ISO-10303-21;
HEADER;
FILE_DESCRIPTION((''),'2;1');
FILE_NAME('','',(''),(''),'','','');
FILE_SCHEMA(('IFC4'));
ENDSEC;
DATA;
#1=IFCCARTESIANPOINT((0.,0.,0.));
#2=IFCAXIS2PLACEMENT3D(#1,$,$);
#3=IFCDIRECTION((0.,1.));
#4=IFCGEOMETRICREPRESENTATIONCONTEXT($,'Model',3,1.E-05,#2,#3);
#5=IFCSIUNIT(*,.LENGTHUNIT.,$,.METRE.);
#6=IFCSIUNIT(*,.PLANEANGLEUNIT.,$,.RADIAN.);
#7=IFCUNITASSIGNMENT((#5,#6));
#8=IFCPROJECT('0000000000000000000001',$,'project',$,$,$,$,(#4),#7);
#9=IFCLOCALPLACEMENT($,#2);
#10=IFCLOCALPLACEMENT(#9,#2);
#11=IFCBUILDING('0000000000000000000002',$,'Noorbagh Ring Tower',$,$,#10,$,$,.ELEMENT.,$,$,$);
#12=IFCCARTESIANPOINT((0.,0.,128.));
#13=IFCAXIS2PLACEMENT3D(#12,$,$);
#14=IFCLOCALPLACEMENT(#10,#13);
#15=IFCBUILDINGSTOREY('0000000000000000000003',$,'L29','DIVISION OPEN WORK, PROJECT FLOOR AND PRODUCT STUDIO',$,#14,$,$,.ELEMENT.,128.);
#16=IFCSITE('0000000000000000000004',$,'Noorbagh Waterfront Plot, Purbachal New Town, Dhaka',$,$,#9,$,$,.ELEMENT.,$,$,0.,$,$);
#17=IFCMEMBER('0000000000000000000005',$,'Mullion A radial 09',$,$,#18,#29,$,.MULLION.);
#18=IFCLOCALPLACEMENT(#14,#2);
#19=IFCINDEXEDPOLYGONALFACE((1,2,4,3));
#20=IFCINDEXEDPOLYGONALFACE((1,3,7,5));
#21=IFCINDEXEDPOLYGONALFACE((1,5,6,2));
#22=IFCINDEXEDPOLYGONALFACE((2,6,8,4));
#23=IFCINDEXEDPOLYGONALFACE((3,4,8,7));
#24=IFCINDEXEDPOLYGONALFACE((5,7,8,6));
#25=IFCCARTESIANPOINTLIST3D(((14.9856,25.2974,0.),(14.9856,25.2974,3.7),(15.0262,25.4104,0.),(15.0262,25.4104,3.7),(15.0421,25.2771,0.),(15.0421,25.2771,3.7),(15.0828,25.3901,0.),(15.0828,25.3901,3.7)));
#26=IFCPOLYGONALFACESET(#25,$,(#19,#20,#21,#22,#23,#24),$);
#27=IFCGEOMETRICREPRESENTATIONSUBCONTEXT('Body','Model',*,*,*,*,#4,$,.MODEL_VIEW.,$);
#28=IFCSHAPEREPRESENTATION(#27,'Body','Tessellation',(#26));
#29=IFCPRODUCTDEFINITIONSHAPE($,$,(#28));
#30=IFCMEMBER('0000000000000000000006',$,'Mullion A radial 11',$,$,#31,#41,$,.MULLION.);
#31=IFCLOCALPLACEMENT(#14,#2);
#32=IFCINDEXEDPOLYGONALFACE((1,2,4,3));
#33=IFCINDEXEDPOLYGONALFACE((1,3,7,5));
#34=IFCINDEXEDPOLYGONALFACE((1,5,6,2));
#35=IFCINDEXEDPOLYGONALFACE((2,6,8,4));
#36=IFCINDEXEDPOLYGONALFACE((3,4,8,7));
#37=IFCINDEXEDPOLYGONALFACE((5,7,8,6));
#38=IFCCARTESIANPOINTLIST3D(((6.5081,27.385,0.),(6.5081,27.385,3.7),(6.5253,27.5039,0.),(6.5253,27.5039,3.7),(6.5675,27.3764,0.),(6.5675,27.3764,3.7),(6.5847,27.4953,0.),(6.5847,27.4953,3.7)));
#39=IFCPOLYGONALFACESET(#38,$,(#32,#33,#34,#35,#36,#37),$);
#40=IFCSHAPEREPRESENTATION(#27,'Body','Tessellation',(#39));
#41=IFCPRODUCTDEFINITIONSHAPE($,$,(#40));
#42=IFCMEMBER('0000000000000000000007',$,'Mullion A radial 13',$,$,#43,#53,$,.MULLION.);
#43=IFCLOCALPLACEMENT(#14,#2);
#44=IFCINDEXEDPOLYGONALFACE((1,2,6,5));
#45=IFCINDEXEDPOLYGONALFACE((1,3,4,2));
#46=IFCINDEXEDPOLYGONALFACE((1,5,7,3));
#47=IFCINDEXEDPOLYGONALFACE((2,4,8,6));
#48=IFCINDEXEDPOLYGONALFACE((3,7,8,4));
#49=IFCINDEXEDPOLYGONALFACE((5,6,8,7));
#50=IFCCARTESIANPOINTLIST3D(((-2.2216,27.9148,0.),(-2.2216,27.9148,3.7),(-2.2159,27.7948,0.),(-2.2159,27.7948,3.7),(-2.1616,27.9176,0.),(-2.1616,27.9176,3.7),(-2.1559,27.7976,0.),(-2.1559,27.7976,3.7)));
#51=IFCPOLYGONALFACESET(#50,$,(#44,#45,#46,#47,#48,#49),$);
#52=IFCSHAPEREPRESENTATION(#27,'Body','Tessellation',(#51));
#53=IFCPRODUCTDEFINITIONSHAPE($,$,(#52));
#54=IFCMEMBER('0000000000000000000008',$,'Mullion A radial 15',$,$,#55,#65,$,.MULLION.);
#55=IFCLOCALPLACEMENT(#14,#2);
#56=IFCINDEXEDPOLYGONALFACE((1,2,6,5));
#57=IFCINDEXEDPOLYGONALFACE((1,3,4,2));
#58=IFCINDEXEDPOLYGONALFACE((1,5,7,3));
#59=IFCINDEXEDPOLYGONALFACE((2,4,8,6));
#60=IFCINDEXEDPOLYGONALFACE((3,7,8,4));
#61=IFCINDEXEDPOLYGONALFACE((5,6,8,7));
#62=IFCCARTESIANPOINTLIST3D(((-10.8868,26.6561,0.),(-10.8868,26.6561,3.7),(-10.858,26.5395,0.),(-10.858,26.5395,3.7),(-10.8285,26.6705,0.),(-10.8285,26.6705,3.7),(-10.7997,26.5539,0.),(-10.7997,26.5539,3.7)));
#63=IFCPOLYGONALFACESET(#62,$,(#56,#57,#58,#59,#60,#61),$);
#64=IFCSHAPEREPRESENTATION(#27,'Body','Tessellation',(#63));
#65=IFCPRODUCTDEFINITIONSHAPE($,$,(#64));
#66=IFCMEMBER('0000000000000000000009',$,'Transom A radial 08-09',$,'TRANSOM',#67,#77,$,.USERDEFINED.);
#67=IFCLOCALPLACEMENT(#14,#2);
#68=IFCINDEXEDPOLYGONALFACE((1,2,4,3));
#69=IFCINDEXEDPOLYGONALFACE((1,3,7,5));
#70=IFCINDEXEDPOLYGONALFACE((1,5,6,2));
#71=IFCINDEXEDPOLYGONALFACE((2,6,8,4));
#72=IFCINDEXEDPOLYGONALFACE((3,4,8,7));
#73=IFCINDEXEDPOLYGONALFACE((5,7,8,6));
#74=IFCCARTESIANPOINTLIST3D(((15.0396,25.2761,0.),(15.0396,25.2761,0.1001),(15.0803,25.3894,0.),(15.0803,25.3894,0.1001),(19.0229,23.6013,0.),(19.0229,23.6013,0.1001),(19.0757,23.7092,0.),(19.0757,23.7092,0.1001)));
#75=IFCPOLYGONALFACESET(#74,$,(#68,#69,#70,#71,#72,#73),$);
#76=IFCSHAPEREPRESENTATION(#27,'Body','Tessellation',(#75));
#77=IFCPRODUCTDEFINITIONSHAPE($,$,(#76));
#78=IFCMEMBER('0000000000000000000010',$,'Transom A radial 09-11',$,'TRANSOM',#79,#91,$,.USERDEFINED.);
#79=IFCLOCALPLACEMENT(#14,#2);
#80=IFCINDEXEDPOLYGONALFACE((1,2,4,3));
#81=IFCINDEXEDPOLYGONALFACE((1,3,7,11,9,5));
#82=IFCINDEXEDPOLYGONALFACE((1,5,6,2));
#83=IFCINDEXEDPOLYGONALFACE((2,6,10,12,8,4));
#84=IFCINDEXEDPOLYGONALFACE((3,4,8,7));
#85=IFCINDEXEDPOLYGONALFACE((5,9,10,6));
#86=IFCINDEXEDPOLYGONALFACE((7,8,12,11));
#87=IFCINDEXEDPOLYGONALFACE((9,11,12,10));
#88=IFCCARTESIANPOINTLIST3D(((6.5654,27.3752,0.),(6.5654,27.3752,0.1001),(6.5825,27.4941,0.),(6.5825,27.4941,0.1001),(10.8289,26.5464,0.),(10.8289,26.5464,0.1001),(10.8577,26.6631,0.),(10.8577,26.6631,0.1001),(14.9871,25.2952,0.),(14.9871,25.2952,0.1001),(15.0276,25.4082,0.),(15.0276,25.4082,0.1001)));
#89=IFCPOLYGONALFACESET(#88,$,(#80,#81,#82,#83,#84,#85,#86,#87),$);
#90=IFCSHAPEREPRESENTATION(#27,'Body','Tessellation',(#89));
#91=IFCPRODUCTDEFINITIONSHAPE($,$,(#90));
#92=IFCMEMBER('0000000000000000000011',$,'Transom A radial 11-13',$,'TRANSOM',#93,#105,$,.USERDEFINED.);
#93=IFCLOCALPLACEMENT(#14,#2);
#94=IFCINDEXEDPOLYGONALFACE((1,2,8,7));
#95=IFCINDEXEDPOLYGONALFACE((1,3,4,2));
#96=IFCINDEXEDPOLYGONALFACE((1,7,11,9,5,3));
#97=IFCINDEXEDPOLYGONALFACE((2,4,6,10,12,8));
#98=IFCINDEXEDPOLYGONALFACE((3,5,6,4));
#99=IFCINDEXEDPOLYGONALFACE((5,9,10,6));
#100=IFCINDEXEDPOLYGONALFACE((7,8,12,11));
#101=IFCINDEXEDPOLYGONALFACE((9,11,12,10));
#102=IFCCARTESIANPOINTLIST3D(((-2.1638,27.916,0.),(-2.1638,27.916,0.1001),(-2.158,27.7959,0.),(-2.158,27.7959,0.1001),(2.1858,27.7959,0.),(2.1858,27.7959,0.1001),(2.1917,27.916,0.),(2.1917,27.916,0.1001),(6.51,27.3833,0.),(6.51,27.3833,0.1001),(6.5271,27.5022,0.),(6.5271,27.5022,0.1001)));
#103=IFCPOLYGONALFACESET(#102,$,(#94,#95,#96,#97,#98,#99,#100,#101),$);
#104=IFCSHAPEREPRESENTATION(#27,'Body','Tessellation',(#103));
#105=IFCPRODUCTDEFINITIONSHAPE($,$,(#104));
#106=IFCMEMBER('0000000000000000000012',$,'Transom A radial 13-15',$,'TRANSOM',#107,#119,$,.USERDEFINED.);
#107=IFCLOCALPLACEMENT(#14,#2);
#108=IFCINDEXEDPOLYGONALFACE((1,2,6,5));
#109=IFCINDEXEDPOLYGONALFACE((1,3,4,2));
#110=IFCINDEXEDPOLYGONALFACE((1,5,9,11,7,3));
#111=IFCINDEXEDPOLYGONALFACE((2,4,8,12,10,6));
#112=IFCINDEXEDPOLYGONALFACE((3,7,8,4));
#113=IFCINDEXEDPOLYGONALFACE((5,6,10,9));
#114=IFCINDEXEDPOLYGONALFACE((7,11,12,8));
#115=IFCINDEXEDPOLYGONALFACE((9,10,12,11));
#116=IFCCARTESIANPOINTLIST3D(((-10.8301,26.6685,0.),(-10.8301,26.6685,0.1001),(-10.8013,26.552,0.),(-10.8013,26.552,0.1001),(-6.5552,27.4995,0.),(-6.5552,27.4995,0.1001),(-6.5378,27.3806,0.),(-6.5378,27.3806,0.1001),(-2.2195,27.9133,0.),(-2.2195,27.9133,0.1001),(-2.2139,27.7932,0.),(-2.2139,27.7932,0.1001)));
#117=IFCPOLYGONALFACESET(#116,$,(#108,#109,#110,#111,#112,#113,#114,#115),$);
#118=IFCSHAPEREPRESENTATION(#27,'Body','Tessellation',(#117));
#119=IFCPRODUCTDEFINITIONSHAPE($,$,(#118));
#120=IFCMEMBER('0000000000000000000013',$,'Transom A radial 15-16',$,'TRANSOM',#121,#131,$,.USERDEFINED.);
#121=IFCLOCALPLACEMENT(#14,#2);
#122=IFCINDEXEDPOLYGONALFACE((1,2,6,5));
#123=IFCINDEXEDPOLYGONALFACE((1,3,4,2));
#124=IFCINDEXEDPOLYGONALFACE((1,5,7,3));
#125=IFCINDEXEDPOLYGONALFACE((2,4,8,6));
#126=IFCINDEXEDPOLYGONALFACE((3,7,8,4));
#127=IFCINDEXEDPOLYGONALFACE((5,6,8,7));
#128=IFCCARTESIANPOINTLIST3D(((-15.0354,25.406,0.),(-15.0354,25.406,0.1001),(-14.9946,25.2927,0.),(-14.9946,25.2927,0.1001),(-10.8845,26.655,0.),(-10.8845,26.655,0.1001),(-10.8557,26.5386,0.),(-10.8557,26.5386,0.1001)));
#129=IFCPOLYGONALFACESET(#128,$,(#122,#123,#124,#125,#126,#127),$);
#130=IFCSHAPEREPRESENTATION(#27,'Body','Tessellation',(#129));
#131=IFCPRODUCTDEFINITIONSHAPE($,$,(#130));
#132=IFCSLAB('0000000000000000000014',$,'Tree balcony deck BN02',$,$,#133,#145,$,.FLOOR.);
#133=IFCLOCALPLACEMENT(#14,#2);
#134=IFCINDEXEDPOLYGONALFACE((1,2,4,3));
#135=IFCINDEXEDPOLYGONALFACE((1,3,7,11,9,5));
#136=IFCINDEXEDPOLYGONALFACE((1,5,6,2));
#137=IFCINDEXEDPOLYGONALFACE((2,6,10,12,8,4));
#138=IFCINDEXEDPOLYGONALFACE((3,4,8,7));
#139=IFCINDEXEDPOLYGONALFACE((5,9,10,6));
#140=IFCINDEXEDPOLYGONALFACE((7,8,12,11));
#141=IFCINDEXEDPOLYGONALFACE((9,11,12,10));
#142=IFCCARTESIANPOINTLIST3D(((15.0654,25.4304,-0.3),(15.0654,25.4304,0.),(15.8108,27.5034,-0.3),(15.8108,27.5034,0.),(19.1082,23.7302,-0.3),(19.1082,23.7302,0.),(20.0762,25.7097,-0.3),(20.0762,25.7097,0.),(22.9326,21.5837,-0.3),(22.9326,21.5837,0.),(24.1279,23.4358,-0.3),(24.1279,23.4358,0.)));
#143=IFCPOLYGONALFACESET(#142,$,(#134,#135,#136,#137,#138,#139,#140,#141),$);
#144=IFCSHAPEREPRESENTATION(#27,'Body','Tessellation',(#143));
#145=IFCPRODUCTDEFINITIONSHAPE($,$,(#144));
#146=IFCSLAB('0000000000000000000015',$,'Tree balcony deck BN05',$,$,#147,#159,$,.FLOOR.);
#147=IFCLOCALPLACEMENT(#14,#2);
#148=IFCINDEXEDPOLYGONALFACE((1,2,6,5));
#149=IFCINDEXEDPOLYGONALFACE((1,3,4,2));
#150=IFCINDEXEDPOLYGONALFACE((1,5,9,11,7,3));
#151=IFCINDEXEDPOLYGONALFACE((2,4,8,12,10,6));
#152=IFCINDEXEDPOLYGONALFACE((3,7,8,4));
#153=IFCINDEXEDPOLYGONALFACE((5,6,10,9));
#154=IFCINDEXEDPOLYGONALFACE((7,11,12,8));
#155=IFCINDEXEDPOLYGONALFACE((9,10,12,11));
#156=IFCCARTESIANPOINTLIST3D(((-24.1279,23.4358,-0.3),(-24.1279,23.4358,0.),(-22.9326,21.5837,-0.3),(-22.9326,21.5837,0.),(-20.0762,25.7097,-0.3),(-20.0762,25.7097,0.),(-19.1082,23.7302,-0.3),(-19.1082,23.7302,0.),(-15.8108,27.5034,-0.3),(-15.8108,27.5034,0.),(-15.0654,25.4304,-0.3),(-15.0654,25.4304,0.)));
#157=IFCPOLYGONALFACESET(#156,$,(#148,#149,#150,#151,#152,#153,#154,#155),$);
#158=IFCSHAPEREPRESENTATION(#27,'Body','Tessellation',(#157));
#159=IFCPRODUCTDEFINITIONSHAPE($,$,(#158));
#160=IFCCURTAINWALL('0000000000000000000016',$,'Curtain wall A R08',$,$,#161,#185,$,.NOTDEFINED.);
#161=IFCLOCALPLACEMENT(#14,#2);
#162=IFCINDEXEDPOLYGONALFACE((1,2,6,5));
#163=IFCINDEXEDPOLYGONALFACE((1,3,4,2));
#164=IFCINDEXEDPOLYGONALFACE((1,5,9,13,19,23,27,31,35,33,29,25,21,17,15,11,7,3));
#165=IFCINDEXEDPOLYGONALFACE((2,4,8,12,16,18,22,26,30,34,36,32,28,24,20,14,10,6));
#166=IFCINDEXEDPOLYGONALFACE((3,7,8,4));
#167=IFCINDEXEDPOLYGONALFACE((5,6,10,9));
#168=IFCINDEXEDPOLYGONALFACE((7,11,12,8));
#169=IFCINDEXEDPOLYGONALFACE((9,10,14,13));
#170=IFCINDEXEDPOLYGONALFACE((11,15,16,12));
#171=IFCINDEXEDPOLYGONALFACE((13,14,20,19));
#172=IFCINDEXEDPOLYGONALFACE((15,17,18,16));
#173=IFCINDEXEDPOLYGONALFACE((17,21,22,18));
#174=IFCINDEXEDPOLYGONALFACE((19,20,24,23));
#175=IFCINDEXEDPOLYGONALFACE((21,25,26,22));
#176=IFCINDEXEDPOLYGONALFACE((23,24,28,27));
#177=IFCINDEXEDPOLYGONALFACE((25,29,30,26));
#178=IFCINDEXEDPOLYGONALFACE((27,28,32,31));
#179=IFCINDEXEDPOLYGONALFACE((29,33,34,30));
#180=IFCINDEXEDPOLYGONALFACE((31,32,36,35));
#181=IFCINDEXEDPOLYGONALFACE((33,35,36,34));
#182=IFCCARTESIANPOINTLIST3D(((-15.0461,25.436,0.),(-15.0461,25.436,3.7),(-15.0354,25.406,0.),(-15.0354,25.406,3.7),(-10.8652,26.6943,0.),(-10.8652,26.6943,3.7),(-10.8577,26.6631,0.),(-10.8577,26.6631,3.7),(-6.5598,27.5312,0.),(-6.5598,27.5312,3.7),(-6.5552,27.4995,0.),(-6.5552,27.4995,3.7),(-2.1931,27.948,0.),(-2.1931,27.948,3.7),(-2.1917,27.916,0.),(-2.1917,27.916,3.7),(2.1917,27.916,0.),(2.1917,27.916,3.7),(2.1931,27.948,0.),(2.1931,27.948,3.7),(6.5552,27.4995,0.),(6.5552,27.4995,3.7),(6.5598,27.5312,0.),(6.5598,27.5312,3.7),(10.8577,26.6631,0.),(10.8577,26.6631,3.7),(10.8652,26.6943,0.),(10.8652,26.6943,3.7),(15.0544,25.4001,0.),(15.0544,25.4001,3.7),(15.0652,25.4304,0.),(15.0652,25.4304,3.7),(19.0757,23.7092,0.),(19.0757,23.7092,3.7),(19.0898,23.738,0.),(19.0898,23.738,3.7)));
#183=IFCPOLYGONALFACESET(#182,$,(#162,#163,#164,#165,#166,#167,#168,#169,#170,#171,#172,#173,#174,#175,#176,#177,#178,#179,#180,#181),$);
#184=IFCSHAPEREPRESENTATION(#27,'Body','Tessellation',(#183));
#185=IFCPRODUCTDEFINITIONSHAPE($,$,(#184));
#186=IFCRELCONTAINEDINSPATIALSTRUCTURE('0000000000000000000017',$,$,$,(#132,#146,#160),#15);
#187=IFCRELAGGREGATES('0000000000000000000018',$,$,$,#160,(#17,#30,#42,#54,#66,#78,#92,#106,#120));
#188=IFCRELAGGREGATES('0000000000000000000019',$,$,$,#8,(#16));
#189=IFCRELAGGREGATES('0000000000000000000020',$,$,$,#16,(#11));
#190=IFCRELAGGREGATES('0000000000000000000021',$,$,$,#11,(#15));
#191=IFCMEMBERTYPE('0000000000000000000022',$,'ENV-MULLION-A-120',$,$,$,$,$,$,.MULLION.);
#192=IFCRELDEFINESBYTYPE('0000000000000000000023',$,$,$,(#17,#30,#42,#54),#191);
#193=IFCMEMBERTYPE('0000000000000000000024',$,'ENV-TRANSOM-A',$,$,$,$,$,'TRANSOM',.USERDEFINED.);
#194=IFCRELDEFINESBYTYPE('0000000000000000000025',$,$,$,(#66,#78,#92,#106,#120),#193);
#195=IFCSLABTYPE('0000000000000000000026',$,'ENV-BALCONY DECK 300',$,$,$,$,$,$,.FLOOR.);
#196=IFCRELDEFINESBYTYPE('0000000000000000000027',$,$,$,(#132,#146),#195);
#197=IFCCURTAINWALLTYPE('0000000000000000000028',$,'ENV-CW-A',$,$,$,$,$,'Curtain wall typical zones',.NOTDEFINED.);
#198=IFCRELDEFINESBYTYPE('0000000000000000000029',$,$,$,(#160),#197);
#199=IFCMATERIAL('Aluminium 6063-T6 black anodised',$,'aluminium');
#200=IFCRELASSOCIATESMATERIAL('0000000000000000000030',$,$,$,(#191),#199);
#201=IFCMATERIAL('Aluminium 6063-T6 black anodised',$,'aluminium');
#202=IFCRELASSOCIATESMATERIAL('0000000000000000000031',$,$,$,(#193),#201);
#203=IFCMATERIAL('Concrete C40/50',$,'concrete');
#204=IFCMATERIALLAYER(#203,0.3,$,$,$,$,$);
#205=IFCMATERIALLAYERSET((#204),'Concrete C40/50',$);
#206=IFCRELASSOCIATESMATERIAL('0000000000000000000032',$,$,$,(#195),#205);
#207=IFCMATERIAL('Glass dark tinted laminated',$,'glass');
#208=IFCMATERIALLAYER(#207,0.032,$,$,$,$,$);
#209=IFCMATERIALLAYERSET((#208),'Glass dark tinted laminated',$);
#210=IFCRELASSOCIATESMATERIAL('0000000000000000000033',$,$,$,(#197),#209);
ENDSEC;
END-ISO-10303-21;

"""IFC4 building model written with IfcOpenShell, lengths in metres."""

from ifc_helpers import new_model, si_unit, direction, frame, origin, origin_2d, place, context, subcontext, project, spatial, polyline, rectangle, outline, extrude, material, layer, layer_set, material_profile, profile_set, type_object, element, aggregate, save


model = new_model("IFC4")

# Units and contexts
model_context = context("Model", 3, precision=1e-05, world=origin(), true_north=direction((0.0, 1.0)))
body_context = subcontext(model_context, "Body", "Model", "MODEL_VIEW")
ifc_project = project(units=[si_unit("LENGTHUNIT", "METRE"), si_unit("PLANEANGLEUNIT", "RADIAN")], contexts=[model_context])

# Members
ifc_material_1 = material(Name="Aluminium 6063-T6 black anodised", Category="aluminium")
ifc_material_profile = material_profile(ifc_material_1, rectangle(XDim=0.1201, YDim=0.0601, at=origin_2d()), Name="120x60")
ifc_profile_set = profile_set([ifc_material_profile], Name="Aluminium 6063-T6 black anodised")
member_type_1 = type_object("IfcMemberType", Name="ENV-MULLION-A-120", PredefinedType="MULLION", material=ifc_profile_set)
site_placement = place(None, origin())
building_placement = place(site_placement, origin())
storey_placement = place(building_placement, frame((0.0, 0.0, 128.0)))
member_1_placement = place(storey_placement, frame((15.0342, 25.3438, 0.0), z_axis=(0.0, 0.0, 1.0), x_axis=(-0.338379, -0.94101, 0.0)))
member_1 = element("IfcMember", 1, at=member_1_placement, type_object=member_type_1, Name="Mullion A radial 09", PredefinedType="MULLION", context=body_context, shape_type="SweptSolid", body=[
    extrude(rectangle(XDim=0.1201, YDim=0.0601, at=origin_2d()), origin(), (0.0, 0.0, 1.0), 3.7),
])
member_2_placement = place(storey_placement, frame((6.5464, 27.4402, 0.0), z_axis=(0.0, 0.0, 1.0), x_axis=(-0.143082, -0.989711, 0.0)))
member_2 = element("IfcMember", 2, at=member_2_placement, type_object=member_type_1, Name="Mullion A radial 11", PredefinedType="MULLION", context=body_context, shape_type="SweptSolid", body=[
    extrude(rectangle(XDim=0.1201, YDim=0.0601, at=origin_2d()), origin(), (0.0, 0.0, 1.0), 3.7),
])
member_3_placement = place(storey_placement, frame((-2.1887, 27.8562, 0.0), z_axis=(0.0, 0.0, 1.0), x_axis=(0.047558, -0.998868, 0.0)))
member_3 = element("IfcMember", 3, at=member_3_placement, type_object=member_type_1, Name="Mullion A radial 13", PredefinedType="MULLION", context=body_context, shape_type="SweptSolid", body=[
    extrude(rectangle(XDim=0.1201, YDim=0.0601, at=origin_2d()), origin(), (0.0, 0.0, 1.0), 3.7),
])
member_4_placement = place(storey_placement, frame((-10.8433, 26.605, 0.0), z_axis=(0.0, 0.0, 1.0), x_axis=(0.239799, -0.970823, 0.0)))
member_4 = element("IfcMember", 4, at=member_4_placement, type_object=member_type_1, Name="Mullion A radial 15", PredefinedType="MULLION", context=body_context, shape_type="SweptSolid", body=[
    extrude(rectangle(XDim=0.1201, YDim=0.0601, at=origin_2d()), origin(), (0.0, 0.0, 1.0), 3.7),
])
ifc_material_2 = material(Name="Aluminium 6063-T6 black anodised", Category="aluminium")
member_type_2 = type_object("IfcMemberType", Name="ENV-TRANSOM-A", ElementType="TRANSOM", PredefinedType="USERDEFINED", material=ifc_material_2)
member_5_placement = place(storey_placement, origin())
member_5 = element("IfcMember", 5, at=member_5_placement, type_object=member_type_2, Name="Transom A radial 08-09", ObjectType="TRANSOM", PredefinedType="USERDEFINED", context=body_context, shape_type="SweptSolid", body=[
    extrude(outline(polyline([(19.0757, 23.7092), (15.0803, 25.3894), (15.0396, 25.2761), (19.0229, 23.6013), (19.0757, 23.7092)])), origin(), (0.0, 0.0, 1.0), 0.1001),
])
member_6_placement = place(storey_placement, origin())
member_6 = element("IfcMember", 6, at=member_6_placement, type_object=member_type_2, Name="Transom A radial 09-11", ObjectType="TRANSOM", PredefinedType="USERDEFINED", context=body_context, shape_type="SweptSolid", body=[
    extrude(outline(polyline([(15.0276, 25.4082), (10.8577, 26.6631), (6.5825, 27.4941), (6.5654, 27.3752), (10.8289, 26.5464), (14.9871, 25.2952), (15.0276, 25.4082)])), origin(), (0.0, 0.0, 1.0), 0.1001),
])
member_7_placement = place(storey_placement, origin())
member_7 = element("IfcMember", 7, at=member_7_placement, type_object=member_type_2, Name="Transom A radial 11-13", ObjectType="TRANSOM", PredefinedType="USERDEFINED", context=body_context, shape_type="SweptSolid", body=[
    extrude(outline(polyline([(6.5271, 27.5022), (2.1917, 27.916), (-2.1638, 27.916), (-2.158, 27.7959), (2.1858, 27.7959), (6.51, 27.3833), (6.5271, 27.5022)])), origin(), (0.0, 0.0, 1.0), 0.1001),
])
member_8_placement = place(storey_placement, origin())
member_8 = element("IfcMember", 8, at=member_8_placement, type_object=member_type_2, Name="Transom A radial 13-15", ObjectType="TRANSOM", PredefinedType="USERDEFINED", context=body_context, shape_type="SweptSolid", body=[
    extrude(outline(polyline([(-2.2195, 27.9133), (-6.5552, 27.4995), (-10.8301, 26.6685), (-10.8013, 26.552), (-6.5378, 27.3806), (-2.2139, 27.7932), (-2.2195, 27.9133)])), origin(), (0.0, 0.0, 1.0), 0.1001),
])
member_9_placement = place(storey_placement, origin())
member_9 = element("IfcMember", 9, at=member_9_placement, type_object=member_type_2, Name="Transom A radial 15-16", ObjectType="TRANSOM", PredefinedType="USERDEFINED", context=body_context, shape_type="SweptSolid", body=[
    extrude(outline(polyline([(-10.8845, 26.655), (-15.0354, 25.406), (-14.9946, 25.2927), (-10.8557, 26.5386), (-10.8845, 26.655)])), origin(), (0.0, 0.0, 1.0), 0.1001),
])

# Site, building, storey
site = spatial("IfcSite", under=ifc_project, at=site_placement, Name="Noorbagh Waterfront Plot, Purbachal New Town, Dhaka", CompositionType="ELEMENT", RefElevation=0.0)
building = spatial("IfcBuilding", under=site, at=building_placement, Name="Noorbagh Ring Tower", CompositionType="ELEMENT")
storey = spatial("IfcBuildingStorey", under=building, at=storey_placement, Name="L29", Description="DIVISION OPEN WORK, PROJECT FLOOR AND PRODUCT STUDIO", CompositionType="ELEMENT", Elevation=128.0)

# Slabs
ifc_material_3 = material(Name="Concrete C40/50", Category="concrete")
ifc_layer_1 = layer(ifc_material_3, 0.3)
ifc_layer_set_1 = layer_set([ifc_layer_1], Name="Concrete C40/50")
slab_type = type_object("IfcSlabType", Name="ENV-BALCONY DECK 300", PredefinedType="FLOOR", material=ifc_layer_set_1)
slab_1_placement = place(storey_placement, frame((0.0, 0.0, -0.3)))
element("IfcSlab", 10, at=slab_1_placement, inside=storey, type_object=slab_type, Name="Tree balcony deck BN02", PredefinedType="FLOOR", context=body_context, shape_type="SweptSolid", body=[
    extrude(outline(polyline([(24.1279, 23.4358), (20.0762, 25.7097), (15.8108, 27.5034), (15.0654, 25.4304), (19.1082, 23.7302), (22.9326, 21.5837), (24.1279, 23.4358)])), origin(), (0.0, 0.0, 1.0), 0.3),
])
slab_2_placement = place(storey_placement, frame((0.0, 0.0, -0.3)))
element("IfcSlab", 11, at=slab_2_placement, inside=storey, type_object=slab_type, Name="Tree balcony deck BN05", PredefinedType="FLOOR", context=body_context, shape_type="SweptSolid", body=[
    extrude(outline(polyline([(-15.8108, 27.5034), (-20.0762, 25.7097), (-24.1279, 23.4358), (-22.9326, 21.5837), (-19.1082, 23.7302), (-15.0654, 25.4304), (-15.8108, 27.5034)])), origin(), (0.0, 0.0, 1.0), 0.3),
])

# Curtain wall
ifc_material_4 = material(Name="Glass dark tinted laminated", Category="glass")
ifc_layer_2 = layer(ifc_material_4, 0.032)
ifc_layer_set_2 = layer_set([ifc_layer_2], Name="Glass dark tinted laminated")
curtain_wall_type = type_object("IfcCurtainWallType", Name="ENV-CW-A", ElementType="Curtain wall typical zones", PredefinedType="NOTDEFINED", material=ifc_layer_set_2)
curtain_wall_placement = place(storey_placement, origin())
curtain_wall = element("IfcCurtainWall", 12, at=curtain_wall_placement, inside=storey, type_object=curtain_wall_type, Name="Curtain wall A R08", PredefinedType="NOTDEFINED", context=body_context, shape_type="SweptSolid", body=[
    extrude(outline(polyline([(19.0898, 23.738), (15.0652, 25.4304), (10.8652, 26.6943), (6.5598, 27.5312), (2.1931, 27.948), (-2.1931, 27.948), (-6.5598, 27.5312), (-10.8652, 26.6943), (-15.0461, 25.436), (-15.0354, 25.406), (-10.8577, 26.6631), (-6.5552, 27.4995), (-2.1917, 27.916), (2.1917, 27.916), (6.5552, 27.4995), (10.8577, 26.6631), (15.0544, 25.4001), (19.0757, 23.7092), (19.0898, 23.738)])), origin(), (0.0, 0.0, 1.0), 3.7),
])
aggregate(curtain_wall, [member_1, member_2, member_3, member_4, member_5, member_6, member_7, member_8, member_9])

save(model, "model.ifc")
